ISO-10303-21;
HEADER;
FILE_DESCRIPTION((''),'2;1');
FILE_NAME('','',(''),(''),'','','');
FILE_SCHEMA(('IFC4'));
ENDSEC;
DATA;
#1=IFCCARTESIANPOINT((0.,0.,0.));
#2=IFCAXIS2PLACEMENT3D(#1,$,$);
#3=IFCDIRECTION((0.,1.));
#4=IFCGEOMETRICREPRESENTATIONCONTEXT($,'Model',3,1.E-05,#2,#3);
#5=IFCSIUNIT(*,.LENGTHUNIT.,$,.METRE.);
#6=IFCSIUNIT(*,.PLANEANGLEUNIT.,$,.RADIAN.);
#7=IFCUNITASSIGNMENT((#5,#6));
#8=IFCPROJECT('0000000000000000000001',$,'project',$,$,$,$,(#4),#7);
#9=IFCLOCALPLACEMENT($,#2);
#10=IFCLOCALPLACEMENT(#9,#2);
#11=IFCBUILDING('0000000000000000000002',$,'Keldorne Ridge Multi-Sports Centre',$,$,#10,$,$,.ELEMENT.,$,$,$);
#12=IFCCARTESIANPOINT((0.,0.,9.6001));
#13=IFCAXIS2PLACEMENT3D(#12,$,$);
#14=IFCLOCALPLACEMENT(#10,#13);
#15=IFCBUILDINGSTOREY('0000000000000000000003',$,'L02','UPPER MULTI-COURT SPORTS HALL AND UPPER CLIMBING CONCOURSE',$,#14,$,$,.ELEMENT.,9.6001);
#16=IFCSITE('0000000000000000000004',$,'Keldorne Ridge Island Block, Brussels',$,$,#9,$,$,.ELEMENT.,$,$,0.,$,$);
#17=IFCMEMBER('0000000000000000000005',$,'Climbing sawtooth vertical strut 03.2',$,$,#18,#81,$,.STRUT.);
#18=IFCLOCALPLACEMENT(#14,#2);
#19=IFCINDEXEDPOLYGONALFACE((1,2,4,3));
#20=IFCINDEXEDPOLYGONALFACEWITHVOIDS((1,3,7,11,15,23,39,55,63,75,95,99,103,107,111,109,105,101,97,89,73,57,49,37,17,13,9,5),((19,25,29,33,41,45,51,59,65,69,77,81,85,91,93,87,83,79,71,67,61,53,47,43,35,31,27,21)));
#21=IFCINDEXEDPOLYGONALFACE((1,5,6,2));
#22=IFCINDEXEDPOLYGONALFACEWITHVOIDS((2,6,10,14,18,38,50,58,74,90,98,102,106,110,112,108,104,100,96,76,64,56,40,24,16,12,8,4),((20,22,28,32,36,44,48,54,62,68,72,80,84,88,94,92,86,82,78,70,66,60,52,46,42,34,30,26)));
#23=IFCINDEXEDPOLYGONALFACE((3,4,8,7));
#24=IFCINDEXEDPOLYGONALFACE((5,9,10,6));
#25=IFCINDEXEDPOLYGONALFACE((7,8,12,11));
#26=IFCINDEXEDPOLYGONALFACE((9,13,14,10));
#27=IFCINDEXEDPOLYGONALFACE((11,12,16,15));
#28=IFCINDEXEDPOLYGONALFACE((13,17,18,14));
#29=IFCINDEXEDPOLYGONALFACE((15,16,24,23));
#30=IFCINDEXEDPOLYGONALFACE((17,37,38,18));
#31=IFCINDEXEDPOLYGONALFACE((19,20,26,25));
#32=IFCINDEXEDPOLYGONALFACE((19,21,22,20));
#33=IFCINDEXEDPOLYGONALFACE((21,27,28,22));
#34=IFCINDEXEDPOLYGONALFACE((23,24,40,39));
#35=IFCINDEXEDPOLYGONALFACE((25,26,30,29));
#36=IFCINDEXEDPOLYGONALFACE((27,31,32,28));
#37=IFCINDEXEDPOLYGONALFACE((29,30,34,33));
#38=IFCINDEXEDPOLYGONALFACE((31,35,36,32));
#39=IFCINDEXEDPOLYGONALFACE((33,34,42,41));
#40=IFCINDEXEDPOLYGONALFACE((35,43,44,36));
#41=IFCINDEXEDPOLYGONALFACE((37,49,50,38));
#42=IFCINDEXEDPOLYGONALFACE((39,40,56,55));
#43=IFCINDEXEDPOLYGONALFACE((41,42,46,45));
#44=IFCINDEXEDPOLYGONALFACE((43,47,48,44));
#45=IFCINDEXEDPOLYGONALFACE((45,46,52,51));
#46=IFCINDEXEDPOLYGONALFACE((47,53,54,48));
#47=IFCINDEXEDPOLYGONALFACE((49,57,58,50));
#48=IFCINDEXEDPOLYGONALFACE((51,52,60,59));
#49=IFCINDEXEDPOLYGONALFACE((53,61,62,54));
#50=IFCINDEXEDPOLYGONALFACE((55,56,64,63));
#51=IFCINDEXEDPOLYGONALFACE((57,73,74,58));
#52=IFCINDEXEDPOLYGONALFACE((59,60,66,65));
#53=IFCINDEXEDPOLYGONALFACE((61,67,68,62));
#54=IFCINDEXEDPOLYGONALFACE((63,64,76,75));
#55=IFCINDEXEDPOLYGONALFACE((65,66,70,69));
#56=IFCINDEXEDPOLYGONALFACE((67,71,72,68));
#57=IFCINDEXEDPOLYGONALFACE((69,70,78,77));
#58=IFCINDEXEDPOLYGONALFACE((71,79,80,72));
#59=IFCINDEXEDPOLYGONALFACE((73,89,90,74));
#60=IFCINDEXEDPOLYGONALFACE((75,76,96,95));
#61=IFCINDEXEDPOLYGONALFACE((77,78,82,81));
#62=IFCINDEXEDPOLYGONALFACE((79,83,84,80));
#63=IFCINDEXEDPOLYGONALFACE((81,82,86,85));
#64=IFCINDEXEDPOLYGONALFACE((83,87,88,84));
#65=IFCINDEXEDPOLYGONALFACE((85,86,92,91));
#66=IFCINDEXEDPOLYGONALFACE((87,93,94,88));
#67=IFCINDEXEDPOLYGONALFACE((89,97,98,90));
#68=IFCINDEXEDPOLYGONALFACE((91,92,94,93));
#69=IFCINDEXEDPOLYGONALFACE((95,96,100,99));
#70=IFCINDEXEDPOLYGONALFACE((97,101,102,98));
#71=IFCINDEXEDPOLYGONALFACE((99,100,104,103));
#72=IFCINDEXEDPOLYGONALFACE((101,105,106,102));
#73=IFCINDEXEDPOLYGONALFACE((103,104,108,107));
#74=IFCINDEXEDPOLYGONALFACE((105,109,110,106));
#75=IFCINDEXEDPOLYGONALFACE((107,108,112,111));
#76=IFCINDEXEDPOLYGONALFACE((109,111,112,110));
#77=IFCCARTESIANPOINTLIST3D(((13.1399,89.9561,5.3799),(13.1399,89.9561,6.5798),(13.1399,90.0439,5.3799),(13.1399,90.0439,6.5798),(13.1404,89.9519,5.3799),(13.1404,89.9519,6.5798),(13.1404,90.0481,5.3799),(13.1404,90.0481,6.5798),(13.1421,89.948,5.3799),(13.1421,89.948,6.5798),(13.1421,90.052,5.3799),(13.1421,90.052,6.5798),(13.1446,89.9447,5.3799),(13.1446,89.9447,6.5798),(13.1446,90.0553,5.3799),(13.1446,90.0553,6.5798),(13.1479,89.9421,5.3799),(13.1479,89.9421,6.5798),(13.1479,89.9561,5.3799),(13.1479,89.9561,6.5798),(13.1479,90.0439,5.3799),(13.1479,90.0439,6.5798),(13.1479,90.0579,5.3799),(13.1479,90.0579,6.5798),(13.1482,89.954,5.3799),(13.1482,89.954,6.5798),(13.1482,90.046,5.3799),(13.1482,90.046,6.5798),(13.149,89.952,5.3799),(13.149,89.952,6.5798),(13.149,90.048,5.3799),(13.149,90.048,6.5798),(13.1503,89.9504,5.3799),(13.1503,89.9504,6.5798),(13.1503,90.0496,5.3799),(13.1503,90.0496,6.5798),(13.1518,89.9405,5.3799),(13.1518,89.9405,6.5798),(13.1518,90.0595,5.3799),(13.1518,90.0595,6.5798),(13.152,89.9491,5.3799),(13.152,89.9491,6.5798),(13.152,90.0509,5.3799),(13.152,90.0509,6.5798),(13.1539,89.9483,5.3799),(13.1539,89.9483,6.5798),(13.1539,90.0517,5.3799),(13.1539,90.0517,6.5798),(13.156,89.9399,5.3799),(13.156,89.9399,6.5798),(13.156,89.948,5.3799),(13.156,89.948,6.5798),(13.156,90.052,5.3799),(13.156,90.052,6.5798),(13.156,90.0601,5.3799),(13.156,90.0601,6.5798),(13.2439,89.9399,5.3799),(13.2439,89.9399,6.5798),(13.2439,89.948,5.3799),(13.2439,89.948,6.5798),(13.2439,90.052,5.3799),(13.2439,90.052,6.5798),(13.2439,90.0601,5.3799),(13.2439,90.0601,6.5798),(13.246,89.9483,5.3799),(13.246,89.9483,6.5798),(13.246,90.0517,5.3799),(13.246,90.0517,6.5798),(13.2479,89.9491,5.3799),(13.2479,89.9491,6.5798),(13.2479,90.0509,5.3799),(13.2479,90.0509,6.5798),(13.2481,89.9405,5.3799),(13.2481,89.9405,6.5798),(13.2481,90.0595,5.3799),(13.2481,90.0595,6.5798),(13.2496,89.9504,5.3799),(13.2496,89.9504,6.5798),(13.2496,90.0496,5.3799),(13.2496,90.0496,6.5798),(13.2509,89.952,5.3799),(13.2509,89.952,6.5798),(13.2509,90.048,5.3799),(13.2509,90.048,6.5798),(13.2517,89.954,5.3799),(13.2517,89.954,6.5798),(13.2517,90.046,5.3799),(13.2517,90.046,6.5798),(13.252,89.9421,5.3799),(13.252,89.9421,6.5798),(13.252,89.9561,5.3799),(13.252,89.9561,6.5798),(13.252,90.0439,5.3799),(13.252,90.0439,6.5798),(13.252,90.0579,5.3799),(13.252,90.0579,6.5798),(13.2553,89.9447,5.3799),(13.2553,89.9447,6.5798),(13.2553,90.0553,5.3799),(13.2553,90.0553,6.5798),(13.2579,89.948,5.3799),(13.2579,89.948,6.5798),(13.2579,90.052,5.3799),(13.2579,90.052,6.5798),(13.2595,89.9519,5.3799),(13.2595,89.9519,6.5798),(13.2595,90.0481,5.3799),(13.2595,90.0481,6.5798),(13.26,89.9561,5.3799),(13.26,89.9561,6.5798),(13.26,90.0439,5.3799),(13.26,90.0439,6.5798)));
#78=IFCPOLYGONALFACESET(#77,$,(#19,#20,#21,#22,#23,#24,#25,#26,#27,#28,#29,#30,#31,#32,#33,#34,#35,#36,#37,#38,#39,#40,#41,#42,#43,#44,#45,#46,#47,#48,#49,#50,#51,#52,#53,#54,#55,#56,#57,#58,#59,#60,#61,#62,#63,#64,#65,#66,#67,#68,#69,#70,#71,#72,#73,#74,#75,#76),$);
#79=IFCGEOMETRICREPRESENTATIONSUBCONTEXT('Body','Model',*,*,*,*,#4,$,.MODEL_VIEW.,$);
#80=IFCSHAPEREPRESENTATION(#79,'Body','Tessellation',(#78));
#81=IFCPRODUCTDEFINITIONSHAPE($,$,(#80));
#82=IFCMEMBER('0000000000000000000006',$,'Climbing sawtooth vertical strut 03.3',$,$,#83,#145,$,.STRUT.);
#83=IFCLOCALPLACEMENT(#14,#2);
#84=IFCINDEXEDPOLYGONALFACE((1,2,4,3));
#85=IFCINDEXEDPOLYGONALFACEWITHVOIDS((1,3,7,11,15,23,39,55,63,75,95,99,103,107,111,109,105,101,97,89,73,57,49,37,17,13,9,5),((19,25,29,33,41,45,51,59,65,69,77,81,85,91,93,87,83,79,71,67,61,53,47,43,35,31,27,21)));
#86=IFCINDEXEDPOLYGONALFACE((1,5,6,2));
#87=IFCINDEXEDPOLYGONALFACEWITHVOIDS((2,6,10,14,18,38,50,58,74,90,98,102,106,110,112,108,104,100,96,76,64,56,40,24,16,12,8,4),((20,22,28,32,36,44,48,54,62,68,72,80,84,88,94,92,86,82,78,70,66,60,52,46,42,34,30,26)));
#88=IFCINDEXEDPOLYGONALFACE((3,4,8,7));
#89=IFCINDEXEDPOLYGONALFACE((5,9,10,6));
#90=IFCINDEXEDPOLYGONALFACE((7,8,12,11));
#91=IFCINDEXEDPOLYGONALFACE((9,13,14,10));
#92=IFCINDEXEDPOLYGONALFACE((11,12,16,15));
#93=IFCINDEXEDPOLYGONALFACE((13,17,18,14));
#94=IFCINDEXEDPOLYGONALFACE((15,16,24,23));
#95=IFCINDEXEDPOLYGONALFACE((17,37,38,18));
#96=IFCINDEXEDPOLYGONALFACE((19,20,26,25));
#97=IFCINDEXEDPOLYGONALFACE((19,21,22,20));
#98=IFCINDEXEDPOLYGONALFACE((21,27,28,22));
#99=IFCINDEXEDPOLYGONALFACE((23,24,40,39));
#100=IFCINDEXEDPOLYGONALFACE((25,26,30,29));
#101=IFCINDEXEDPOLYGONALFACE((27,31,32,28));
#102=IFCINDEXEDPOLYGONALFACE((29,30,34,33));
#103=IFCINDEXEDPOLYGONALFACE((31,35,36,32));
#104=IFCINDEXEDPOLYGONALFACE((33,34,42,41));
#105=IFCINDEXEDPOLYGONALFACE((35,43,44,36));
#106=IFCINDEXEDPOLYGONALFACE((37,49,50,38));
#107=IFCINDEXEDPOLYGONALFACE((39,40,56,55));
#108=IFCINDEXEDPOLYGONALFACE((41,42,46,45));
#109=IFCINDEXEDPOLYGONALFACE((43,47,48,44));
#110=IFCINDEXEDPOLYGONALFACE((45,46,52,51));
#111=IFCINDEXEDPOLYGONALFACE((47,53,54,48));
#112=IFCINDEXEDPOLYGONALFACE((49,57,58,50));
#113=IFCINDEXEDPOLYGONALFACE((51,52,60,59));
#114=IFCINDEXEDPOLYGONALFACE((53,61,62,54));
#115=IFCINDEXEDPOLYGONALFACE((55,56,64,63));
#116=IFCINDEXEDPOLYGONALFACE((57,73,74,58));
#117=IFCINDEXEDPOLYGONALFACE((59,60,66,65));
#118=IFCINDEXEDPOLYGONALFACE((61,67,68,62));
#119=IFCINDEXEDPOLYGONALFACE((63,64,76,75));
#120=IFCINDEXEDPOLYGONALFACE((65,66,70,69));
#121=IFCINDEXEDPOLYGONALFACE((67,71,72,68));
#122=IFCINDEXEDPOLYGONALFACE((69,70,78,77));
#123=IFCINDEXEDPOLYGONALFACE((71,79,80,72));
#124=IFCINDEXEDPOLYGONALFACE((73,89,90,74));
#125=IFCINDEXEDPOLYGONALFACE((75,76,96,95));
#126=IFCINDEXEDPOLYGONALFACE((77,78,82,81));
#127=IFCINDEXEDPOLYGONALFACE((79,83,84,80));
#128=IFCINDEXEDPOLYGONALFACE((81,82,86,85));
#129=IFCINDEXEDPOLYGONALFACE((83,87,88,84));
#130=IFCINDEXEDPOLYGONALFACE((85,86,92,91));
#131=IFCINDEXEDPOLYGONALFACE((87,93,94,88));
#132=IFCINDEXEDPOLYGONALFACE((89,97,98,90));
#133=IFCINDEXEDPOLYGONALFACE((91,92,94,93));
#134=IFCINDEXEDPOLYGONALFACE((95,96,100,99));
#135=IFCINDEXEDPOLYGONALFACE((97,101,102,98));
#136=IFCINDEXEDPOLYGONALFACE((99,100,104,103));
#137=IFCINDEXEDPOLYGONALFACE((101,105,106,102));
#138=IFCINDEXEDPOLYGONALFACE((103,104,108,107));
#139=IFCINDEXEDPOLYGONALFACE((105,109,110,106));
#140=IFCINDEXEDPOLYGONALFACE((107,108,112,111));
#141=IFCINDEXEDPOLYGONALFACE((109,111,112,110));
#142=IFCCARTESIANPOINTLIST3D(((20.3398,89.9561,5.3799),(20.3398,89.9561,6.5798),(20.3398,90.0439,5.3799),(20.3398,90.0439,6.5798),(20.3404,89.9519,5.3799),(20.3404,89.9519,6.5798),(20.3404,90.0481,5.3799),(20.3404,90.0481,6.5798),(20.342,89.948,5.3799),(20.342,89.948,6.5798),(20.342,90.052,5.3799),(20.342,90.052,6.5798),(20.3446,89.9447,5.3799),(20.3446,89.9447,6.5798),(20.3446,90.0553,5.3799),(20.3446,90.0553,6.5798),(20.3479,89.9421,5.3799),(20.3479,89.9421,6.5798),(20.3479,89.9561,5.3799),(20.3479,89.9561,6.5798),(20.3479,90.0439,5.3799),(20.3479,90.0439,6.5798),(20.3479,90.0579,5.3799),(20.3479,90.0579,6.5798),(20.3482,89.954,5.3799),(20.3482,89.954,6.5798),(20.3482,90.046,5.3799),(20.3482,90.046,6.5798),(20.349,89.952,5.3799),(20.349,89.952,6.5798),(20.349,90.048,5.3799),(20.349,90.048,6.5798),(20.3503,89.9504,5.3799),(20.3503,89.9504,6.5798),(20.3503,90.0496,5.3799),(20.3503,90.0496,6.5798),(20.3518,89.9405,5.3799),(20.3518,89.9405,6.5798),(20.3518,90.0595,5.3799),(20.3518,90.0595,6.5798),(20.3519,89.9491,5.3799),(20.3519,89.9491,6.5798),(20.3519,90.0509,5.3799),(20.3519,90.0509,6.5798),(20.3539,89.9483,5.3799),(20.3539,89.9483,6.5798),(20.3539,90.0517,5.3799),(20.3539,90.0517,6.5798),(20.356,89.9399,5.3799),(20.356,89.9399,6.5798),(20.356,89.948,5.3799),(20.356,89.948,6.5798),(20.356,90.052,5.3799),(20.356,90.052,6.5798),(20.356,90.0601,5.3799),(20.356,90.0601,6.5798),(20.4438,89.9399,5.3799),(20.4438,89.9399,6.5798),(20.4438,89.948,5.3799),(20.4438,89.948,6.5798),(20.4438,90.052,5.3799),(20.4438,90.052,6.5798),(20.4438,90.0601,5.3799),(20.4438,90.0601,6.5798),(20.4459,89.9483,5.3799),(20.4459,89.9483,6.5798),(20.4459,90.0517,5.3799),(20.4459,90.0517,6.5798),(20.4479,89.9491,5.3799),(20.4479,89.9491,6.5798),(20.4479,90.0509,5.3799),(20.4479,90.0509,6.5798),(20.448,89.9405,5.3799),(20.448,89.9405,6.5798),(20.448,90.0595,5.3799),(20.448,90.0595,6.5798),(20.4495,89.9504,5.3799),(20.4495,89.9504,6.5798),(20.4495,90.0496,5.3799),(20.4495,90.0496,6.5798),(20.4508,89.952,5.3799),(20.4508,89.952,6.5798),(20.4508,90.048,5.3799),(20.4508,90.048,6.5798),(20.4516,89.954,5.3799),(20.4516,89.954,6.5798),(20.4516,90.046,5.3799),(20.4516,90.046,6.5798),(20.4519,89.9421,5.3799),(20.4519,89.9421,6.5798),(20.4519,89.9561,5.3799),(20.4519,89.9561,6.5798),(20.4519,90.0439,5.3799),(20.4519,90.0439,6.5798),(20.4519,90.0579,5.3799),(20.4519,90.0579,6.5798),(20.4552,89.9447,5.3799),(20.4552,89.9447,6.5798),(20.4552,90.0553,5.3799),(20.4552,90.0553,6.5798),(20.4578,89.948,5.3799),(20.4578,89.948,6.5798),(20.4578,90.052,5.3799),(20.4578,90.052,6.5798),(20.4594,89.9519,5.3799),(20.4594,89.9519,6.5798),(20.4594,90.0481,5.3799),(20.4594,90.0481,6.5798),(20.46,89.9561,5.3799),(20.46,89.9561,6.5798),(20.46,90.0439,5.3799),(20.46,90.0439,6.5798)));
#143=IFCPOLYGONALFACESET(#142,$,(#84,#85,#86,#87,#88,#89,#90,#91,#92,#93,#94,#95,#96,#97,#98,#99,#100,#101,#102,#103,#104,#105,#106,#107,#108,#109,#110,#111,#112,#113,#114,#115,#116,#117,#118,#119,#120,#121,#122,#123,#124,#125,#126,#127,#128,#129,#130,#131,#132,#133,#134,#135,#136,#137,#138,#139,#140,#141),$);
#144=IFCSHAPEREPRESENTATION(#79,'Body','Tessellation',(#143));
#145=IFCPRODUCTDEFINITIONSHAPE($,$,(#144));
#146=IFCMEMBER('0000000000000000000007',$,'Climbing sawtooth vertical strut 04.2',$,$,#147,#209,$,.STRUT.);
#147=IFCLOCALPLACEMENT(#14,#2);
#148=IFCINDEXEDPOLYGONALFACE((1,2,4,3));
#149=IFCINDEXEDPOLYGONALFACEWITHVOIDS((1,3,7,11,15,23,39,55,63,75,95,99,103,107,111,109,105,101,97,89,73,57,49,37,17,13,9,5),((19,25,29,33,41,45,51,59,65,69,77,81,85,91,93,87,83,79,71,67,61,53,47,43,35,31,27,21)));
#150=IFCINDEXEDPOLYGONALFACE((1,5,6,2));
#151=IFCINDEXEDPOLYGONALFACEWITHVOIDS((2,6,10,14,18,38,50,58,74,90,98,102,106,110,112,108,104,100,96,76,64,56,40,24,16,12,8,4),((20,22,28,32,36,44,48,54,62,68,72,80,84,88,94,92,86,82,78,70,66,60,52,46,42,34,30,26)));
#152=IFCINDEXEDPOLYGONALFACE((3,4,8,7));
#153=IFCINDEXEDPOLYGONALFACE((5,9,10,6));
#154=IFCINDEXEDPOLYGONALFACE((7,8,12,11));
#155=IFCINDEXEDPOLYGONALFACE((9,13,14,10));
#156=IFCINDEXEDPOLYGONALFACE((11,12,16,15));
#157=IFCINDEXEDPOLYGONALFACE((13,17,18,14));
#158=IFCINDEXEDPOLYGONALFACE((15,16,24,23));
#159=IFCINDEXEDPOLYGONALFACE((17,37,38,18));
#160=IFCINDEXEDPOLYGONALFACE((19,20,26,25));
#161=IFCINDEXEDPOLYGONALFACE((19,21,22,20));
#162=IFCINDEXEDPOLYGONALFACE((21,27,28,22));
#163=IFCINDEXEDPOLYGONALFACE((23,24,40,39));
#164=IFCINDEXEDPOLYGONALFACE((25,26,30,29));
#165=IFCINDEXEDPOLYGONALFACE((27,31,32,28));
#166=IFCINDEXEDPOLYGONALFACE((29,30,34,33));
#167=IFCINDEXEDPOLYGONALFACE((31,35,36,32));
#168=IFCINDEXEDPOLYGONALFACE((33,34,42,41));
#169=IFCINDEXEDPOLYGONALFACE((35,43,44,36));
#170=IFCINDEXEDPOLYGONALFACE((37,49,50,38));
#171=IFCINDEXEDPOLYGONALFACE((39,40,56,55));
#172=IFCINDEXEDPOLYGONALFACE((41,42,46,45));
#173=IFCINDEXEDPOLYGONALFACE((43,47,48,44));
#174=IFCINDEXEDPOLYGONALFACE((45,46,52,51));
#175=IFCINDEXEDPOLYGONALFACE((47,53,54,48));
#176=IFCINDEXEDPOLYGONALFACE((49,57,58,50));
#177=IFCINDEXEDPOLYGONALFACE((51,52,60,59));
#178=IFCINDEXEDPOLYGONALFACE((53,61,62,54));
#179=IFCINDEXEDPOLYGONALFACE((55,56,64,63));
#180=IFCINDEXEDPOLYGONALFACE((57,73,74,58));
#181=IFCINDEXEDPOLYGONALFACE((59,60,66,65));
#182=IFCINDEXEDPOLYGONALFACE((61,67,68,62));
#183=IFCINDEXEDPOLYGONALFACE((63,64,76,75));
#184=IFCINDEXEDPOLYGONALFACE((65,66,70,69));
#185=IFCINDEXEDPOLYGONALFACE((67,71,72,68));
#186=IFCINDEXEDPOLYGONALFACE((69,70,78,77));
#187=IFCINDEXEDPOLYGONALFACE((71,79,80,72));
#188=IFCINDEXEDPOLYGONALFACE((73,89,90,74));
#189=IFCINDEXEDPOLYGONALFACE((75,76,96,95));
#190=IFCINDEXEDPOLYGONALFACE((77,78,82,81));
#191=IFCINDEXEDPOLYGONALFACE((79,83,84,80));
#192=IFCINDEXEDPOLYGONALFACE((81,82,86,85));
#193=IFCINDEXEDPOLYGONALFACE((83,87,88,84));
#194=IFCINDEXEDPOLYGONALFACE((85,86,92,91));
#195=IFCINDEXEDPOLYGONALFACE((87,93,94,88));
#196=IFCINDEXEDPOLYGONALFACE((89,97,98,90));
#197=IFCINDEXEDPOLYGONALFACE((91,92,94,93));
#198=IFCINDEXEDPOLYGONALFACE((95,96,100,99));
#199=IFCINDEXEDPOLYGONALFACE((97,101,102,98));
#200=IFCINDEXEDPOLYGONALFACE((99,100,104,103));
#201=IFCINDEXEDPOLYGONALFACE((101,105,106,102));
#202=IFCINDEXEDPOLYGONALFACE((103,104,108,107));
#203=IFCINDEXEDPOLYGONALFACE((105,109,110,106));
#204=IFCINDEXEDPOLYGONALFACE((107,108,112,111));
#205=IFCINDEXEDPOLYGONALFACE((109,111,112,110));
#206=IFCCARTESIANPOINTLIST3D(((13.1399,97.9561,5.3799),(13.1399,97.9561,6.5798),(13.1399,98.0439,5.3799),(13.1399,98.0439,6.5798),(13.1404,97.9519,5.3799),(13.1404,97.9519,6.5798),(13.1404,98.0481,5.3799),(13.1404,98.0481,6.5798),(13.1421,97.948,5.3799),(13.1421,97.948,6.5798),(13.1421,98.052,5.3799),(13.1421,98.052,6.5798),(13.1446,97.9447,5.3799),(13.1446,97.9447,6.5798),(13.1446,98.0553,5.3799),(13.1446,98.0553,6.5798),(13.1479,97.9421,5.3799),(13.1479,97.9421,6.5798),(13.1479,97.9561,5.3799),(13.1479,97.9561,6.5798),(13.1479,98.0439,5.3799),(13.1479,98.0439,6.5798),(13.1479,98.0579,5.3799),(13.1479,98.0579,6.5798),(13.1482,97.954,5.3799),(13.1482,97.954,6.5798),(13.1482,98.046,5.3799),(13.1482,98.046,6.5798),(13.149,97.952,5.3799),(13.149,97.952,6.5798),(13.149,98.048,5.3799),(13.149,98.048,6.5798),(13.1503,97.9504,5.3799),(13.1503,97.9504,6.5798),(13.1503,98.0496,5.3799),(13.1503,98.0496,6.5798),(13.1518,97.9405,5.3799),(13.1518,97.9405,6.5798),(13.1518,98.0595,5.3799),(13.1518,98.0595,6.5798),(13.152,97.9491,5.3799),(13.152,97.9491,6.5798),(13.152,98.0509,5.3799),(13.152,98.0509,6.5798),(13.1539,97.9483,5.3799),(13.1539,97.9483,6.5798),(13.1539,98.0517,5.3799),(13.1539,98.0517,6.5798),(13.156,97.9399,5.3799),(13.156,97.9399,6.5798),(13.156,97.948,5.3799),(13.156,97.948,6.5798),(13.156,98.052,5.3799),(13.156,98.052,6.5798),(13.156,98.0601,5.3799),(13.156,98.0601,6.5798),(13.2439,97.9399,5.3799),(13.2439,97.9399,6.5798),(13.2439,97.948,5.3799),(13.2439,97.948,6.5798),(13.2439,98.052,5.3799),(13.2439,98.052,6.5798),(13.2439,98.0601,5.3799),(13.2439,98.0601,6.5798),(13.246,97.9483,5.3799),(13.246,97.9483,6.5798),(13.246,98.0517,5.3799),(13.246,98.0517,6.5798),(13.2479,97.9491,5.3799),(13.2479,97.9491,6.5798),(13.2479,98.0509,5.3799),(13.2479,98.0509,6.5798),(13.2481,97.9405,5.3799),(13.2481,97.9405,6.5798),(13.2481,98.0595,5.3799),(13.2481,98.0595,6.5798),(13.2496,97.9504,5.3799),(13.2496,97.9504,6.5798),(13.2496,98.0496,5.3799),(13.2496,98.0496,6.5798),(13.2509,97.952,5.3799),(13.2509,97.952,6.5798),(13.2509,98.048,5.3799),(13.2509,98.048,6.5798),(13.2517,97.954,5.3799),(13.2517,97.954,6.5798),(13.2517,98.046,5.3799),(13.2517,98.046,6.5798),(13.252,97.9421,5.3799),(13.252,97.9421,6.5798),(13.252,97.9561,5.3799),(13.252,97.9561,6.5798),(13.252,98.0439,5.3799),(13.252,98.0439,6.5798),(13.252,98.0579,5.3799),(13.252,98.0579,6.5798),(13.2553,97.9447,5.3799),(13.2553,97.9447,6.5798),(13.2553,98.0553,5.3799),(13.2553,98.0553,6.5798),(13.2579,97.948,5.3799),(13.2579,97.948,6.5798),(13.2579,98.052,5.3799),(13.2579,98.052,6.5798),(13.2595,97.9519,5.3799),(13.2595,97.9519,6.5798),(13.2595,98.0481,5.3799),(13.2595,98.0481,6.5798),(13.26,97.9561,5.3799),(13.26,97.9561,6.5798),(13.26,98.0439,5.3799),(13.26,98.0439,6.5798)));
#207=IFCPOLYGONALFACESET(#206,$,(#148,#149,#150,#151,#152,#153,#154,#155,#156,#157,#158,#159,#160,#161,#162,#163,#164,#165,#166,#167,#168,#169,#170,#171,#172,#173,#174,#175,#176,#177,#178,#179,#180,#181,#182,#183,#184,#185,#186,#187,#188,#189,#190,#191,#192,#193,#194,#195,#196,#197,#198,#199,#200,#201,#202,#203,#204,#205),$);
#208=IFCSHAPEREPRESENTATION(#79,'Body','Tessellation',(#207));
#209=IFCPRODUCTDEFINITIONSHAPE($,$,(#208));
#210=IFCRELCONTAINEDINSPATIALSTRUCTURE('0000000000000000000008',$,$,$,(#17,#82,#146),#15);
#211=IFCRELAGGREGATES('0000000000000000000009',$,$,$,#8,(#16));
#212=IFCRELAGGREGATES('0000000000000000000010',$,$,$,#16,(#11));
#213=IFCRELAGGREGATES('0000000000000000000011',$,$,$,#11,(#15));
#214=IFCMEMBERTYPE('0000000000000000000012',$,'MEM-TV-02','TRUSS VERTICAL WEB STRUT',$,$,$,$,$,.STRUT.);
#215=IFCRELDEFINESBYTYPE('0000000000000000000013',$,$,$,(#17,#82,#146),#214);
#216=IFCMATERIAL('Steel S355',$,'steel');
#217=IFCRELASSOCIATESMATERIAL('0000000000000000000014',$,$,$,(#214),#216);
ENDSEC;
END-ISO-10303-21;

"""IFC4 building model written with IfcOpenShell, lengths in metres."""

from ifc_helpers import new_model, si_unit, direction, frame, origin, origin_2d, place, context, subcontext, project, spatial, hollow_rectangle, extrude, material, material_profile, profile_set, type_object, element, save


model = new_model("IFC4")

# Units and contexts
model_context = context("Model", 3, precision=1e-05, world=origin(), true_north=direction((0.0, 1.0)))
body_context = subcontext(model_context, "Body", "Model", "MODEL_VIEW")
ifc_project = project(units=[si_unit("LENGTHUNIT", "METRE"), si_unit("PLANEANGLEUNIT", "RADIAN")], contexts=[model_context])

# Site, building, storey
site_placement = place(None, origin())
site = spatial("IfcSite", under=ifc_project, at=site_placement, Name="Keldorne Ridge Island Block, Brussels", CompositionType="ELEMENT", RefElevation=0.0)
building_placement = place(site_placement, origin())
building = spatial("IfcBuilding", under=site, at=building_placement, Name="Keldorne Ridge Multi-Sports Centre", CompositionType="ELEMENT")
storey_placement = place(building_placement, frame((0.0, 0.0, 9.6001)))
storey = spatial("IfcBuildingStorey", under=building, at=storey_placement, Name="L02", Description="UPPER MULTI-COURT SPORTS HALL AND UPPER CLIMBING CONCOURSE", CompositionType="ELEMENT", Elevation=9.6001)

# Members
ifc_material = material(Name="Steel S355", Category="steel")
ifc_material_profile_1 = material_profile(ifc_material, hollow_rectangle(XDim=0.1201, YDim=0.1201, WallThickness=0.0081, InnerFilletRadius=0.0081, OuterFilletRadius=0.0161, at=origin_2d()), Name="SHS 120x120x8")
ifc_profile_set_1 = profile_set([ifc_material_profile_1], Name="Steel S355")
member_type_1 = type_object("IfcMemberType", Name="MEM-TV-02", Description="TRUSS VERTICAL WEB STRUT", PredefinedType="STRUT", material=ifc_profile_set_1)
for number, where, z_axis, x_axis, name in (
    (1, (13.2, 90.0, 5.3799), (0.0, 0.0, 1.0), (1.0, 0.0, 0.0), "Climbing sawtooth vertical strut 03.2"),
    (2, (20.3999, 90.0, 5.3799), (0.0, 0.0, 1.0), (1.0, 0.0, 0.0), "Climbing sawtooth vertical strut 03.3"),
    (3, (13.2, 98.0, 5.3799), (0.0, 0.0, 1.0), (1.0, 0.0, 0.0), "Climbing sawtooth vertical strut 04.2"),
):
    element("IfcMember", number, at=place(storey_placement, frame(where, z_axis=z_axis, x_axis=x_axis)), inside=storey, type_object=member_type_1, Name=name, PredefinedType="STRUT", context=body_context, shape_type="SweptSolid", body=[
        extrude(hollow_rectangle(XDim=0.1201, YDim=0.1201, WallThickness=0.0081, InnerFilletRadius=0.0081, OuterFilletRadius=0.0161, at=origin_2d()), origin(), (0.0, 0.0, 1.0), 1.2),
    ])

save(model, "model.ifc")
